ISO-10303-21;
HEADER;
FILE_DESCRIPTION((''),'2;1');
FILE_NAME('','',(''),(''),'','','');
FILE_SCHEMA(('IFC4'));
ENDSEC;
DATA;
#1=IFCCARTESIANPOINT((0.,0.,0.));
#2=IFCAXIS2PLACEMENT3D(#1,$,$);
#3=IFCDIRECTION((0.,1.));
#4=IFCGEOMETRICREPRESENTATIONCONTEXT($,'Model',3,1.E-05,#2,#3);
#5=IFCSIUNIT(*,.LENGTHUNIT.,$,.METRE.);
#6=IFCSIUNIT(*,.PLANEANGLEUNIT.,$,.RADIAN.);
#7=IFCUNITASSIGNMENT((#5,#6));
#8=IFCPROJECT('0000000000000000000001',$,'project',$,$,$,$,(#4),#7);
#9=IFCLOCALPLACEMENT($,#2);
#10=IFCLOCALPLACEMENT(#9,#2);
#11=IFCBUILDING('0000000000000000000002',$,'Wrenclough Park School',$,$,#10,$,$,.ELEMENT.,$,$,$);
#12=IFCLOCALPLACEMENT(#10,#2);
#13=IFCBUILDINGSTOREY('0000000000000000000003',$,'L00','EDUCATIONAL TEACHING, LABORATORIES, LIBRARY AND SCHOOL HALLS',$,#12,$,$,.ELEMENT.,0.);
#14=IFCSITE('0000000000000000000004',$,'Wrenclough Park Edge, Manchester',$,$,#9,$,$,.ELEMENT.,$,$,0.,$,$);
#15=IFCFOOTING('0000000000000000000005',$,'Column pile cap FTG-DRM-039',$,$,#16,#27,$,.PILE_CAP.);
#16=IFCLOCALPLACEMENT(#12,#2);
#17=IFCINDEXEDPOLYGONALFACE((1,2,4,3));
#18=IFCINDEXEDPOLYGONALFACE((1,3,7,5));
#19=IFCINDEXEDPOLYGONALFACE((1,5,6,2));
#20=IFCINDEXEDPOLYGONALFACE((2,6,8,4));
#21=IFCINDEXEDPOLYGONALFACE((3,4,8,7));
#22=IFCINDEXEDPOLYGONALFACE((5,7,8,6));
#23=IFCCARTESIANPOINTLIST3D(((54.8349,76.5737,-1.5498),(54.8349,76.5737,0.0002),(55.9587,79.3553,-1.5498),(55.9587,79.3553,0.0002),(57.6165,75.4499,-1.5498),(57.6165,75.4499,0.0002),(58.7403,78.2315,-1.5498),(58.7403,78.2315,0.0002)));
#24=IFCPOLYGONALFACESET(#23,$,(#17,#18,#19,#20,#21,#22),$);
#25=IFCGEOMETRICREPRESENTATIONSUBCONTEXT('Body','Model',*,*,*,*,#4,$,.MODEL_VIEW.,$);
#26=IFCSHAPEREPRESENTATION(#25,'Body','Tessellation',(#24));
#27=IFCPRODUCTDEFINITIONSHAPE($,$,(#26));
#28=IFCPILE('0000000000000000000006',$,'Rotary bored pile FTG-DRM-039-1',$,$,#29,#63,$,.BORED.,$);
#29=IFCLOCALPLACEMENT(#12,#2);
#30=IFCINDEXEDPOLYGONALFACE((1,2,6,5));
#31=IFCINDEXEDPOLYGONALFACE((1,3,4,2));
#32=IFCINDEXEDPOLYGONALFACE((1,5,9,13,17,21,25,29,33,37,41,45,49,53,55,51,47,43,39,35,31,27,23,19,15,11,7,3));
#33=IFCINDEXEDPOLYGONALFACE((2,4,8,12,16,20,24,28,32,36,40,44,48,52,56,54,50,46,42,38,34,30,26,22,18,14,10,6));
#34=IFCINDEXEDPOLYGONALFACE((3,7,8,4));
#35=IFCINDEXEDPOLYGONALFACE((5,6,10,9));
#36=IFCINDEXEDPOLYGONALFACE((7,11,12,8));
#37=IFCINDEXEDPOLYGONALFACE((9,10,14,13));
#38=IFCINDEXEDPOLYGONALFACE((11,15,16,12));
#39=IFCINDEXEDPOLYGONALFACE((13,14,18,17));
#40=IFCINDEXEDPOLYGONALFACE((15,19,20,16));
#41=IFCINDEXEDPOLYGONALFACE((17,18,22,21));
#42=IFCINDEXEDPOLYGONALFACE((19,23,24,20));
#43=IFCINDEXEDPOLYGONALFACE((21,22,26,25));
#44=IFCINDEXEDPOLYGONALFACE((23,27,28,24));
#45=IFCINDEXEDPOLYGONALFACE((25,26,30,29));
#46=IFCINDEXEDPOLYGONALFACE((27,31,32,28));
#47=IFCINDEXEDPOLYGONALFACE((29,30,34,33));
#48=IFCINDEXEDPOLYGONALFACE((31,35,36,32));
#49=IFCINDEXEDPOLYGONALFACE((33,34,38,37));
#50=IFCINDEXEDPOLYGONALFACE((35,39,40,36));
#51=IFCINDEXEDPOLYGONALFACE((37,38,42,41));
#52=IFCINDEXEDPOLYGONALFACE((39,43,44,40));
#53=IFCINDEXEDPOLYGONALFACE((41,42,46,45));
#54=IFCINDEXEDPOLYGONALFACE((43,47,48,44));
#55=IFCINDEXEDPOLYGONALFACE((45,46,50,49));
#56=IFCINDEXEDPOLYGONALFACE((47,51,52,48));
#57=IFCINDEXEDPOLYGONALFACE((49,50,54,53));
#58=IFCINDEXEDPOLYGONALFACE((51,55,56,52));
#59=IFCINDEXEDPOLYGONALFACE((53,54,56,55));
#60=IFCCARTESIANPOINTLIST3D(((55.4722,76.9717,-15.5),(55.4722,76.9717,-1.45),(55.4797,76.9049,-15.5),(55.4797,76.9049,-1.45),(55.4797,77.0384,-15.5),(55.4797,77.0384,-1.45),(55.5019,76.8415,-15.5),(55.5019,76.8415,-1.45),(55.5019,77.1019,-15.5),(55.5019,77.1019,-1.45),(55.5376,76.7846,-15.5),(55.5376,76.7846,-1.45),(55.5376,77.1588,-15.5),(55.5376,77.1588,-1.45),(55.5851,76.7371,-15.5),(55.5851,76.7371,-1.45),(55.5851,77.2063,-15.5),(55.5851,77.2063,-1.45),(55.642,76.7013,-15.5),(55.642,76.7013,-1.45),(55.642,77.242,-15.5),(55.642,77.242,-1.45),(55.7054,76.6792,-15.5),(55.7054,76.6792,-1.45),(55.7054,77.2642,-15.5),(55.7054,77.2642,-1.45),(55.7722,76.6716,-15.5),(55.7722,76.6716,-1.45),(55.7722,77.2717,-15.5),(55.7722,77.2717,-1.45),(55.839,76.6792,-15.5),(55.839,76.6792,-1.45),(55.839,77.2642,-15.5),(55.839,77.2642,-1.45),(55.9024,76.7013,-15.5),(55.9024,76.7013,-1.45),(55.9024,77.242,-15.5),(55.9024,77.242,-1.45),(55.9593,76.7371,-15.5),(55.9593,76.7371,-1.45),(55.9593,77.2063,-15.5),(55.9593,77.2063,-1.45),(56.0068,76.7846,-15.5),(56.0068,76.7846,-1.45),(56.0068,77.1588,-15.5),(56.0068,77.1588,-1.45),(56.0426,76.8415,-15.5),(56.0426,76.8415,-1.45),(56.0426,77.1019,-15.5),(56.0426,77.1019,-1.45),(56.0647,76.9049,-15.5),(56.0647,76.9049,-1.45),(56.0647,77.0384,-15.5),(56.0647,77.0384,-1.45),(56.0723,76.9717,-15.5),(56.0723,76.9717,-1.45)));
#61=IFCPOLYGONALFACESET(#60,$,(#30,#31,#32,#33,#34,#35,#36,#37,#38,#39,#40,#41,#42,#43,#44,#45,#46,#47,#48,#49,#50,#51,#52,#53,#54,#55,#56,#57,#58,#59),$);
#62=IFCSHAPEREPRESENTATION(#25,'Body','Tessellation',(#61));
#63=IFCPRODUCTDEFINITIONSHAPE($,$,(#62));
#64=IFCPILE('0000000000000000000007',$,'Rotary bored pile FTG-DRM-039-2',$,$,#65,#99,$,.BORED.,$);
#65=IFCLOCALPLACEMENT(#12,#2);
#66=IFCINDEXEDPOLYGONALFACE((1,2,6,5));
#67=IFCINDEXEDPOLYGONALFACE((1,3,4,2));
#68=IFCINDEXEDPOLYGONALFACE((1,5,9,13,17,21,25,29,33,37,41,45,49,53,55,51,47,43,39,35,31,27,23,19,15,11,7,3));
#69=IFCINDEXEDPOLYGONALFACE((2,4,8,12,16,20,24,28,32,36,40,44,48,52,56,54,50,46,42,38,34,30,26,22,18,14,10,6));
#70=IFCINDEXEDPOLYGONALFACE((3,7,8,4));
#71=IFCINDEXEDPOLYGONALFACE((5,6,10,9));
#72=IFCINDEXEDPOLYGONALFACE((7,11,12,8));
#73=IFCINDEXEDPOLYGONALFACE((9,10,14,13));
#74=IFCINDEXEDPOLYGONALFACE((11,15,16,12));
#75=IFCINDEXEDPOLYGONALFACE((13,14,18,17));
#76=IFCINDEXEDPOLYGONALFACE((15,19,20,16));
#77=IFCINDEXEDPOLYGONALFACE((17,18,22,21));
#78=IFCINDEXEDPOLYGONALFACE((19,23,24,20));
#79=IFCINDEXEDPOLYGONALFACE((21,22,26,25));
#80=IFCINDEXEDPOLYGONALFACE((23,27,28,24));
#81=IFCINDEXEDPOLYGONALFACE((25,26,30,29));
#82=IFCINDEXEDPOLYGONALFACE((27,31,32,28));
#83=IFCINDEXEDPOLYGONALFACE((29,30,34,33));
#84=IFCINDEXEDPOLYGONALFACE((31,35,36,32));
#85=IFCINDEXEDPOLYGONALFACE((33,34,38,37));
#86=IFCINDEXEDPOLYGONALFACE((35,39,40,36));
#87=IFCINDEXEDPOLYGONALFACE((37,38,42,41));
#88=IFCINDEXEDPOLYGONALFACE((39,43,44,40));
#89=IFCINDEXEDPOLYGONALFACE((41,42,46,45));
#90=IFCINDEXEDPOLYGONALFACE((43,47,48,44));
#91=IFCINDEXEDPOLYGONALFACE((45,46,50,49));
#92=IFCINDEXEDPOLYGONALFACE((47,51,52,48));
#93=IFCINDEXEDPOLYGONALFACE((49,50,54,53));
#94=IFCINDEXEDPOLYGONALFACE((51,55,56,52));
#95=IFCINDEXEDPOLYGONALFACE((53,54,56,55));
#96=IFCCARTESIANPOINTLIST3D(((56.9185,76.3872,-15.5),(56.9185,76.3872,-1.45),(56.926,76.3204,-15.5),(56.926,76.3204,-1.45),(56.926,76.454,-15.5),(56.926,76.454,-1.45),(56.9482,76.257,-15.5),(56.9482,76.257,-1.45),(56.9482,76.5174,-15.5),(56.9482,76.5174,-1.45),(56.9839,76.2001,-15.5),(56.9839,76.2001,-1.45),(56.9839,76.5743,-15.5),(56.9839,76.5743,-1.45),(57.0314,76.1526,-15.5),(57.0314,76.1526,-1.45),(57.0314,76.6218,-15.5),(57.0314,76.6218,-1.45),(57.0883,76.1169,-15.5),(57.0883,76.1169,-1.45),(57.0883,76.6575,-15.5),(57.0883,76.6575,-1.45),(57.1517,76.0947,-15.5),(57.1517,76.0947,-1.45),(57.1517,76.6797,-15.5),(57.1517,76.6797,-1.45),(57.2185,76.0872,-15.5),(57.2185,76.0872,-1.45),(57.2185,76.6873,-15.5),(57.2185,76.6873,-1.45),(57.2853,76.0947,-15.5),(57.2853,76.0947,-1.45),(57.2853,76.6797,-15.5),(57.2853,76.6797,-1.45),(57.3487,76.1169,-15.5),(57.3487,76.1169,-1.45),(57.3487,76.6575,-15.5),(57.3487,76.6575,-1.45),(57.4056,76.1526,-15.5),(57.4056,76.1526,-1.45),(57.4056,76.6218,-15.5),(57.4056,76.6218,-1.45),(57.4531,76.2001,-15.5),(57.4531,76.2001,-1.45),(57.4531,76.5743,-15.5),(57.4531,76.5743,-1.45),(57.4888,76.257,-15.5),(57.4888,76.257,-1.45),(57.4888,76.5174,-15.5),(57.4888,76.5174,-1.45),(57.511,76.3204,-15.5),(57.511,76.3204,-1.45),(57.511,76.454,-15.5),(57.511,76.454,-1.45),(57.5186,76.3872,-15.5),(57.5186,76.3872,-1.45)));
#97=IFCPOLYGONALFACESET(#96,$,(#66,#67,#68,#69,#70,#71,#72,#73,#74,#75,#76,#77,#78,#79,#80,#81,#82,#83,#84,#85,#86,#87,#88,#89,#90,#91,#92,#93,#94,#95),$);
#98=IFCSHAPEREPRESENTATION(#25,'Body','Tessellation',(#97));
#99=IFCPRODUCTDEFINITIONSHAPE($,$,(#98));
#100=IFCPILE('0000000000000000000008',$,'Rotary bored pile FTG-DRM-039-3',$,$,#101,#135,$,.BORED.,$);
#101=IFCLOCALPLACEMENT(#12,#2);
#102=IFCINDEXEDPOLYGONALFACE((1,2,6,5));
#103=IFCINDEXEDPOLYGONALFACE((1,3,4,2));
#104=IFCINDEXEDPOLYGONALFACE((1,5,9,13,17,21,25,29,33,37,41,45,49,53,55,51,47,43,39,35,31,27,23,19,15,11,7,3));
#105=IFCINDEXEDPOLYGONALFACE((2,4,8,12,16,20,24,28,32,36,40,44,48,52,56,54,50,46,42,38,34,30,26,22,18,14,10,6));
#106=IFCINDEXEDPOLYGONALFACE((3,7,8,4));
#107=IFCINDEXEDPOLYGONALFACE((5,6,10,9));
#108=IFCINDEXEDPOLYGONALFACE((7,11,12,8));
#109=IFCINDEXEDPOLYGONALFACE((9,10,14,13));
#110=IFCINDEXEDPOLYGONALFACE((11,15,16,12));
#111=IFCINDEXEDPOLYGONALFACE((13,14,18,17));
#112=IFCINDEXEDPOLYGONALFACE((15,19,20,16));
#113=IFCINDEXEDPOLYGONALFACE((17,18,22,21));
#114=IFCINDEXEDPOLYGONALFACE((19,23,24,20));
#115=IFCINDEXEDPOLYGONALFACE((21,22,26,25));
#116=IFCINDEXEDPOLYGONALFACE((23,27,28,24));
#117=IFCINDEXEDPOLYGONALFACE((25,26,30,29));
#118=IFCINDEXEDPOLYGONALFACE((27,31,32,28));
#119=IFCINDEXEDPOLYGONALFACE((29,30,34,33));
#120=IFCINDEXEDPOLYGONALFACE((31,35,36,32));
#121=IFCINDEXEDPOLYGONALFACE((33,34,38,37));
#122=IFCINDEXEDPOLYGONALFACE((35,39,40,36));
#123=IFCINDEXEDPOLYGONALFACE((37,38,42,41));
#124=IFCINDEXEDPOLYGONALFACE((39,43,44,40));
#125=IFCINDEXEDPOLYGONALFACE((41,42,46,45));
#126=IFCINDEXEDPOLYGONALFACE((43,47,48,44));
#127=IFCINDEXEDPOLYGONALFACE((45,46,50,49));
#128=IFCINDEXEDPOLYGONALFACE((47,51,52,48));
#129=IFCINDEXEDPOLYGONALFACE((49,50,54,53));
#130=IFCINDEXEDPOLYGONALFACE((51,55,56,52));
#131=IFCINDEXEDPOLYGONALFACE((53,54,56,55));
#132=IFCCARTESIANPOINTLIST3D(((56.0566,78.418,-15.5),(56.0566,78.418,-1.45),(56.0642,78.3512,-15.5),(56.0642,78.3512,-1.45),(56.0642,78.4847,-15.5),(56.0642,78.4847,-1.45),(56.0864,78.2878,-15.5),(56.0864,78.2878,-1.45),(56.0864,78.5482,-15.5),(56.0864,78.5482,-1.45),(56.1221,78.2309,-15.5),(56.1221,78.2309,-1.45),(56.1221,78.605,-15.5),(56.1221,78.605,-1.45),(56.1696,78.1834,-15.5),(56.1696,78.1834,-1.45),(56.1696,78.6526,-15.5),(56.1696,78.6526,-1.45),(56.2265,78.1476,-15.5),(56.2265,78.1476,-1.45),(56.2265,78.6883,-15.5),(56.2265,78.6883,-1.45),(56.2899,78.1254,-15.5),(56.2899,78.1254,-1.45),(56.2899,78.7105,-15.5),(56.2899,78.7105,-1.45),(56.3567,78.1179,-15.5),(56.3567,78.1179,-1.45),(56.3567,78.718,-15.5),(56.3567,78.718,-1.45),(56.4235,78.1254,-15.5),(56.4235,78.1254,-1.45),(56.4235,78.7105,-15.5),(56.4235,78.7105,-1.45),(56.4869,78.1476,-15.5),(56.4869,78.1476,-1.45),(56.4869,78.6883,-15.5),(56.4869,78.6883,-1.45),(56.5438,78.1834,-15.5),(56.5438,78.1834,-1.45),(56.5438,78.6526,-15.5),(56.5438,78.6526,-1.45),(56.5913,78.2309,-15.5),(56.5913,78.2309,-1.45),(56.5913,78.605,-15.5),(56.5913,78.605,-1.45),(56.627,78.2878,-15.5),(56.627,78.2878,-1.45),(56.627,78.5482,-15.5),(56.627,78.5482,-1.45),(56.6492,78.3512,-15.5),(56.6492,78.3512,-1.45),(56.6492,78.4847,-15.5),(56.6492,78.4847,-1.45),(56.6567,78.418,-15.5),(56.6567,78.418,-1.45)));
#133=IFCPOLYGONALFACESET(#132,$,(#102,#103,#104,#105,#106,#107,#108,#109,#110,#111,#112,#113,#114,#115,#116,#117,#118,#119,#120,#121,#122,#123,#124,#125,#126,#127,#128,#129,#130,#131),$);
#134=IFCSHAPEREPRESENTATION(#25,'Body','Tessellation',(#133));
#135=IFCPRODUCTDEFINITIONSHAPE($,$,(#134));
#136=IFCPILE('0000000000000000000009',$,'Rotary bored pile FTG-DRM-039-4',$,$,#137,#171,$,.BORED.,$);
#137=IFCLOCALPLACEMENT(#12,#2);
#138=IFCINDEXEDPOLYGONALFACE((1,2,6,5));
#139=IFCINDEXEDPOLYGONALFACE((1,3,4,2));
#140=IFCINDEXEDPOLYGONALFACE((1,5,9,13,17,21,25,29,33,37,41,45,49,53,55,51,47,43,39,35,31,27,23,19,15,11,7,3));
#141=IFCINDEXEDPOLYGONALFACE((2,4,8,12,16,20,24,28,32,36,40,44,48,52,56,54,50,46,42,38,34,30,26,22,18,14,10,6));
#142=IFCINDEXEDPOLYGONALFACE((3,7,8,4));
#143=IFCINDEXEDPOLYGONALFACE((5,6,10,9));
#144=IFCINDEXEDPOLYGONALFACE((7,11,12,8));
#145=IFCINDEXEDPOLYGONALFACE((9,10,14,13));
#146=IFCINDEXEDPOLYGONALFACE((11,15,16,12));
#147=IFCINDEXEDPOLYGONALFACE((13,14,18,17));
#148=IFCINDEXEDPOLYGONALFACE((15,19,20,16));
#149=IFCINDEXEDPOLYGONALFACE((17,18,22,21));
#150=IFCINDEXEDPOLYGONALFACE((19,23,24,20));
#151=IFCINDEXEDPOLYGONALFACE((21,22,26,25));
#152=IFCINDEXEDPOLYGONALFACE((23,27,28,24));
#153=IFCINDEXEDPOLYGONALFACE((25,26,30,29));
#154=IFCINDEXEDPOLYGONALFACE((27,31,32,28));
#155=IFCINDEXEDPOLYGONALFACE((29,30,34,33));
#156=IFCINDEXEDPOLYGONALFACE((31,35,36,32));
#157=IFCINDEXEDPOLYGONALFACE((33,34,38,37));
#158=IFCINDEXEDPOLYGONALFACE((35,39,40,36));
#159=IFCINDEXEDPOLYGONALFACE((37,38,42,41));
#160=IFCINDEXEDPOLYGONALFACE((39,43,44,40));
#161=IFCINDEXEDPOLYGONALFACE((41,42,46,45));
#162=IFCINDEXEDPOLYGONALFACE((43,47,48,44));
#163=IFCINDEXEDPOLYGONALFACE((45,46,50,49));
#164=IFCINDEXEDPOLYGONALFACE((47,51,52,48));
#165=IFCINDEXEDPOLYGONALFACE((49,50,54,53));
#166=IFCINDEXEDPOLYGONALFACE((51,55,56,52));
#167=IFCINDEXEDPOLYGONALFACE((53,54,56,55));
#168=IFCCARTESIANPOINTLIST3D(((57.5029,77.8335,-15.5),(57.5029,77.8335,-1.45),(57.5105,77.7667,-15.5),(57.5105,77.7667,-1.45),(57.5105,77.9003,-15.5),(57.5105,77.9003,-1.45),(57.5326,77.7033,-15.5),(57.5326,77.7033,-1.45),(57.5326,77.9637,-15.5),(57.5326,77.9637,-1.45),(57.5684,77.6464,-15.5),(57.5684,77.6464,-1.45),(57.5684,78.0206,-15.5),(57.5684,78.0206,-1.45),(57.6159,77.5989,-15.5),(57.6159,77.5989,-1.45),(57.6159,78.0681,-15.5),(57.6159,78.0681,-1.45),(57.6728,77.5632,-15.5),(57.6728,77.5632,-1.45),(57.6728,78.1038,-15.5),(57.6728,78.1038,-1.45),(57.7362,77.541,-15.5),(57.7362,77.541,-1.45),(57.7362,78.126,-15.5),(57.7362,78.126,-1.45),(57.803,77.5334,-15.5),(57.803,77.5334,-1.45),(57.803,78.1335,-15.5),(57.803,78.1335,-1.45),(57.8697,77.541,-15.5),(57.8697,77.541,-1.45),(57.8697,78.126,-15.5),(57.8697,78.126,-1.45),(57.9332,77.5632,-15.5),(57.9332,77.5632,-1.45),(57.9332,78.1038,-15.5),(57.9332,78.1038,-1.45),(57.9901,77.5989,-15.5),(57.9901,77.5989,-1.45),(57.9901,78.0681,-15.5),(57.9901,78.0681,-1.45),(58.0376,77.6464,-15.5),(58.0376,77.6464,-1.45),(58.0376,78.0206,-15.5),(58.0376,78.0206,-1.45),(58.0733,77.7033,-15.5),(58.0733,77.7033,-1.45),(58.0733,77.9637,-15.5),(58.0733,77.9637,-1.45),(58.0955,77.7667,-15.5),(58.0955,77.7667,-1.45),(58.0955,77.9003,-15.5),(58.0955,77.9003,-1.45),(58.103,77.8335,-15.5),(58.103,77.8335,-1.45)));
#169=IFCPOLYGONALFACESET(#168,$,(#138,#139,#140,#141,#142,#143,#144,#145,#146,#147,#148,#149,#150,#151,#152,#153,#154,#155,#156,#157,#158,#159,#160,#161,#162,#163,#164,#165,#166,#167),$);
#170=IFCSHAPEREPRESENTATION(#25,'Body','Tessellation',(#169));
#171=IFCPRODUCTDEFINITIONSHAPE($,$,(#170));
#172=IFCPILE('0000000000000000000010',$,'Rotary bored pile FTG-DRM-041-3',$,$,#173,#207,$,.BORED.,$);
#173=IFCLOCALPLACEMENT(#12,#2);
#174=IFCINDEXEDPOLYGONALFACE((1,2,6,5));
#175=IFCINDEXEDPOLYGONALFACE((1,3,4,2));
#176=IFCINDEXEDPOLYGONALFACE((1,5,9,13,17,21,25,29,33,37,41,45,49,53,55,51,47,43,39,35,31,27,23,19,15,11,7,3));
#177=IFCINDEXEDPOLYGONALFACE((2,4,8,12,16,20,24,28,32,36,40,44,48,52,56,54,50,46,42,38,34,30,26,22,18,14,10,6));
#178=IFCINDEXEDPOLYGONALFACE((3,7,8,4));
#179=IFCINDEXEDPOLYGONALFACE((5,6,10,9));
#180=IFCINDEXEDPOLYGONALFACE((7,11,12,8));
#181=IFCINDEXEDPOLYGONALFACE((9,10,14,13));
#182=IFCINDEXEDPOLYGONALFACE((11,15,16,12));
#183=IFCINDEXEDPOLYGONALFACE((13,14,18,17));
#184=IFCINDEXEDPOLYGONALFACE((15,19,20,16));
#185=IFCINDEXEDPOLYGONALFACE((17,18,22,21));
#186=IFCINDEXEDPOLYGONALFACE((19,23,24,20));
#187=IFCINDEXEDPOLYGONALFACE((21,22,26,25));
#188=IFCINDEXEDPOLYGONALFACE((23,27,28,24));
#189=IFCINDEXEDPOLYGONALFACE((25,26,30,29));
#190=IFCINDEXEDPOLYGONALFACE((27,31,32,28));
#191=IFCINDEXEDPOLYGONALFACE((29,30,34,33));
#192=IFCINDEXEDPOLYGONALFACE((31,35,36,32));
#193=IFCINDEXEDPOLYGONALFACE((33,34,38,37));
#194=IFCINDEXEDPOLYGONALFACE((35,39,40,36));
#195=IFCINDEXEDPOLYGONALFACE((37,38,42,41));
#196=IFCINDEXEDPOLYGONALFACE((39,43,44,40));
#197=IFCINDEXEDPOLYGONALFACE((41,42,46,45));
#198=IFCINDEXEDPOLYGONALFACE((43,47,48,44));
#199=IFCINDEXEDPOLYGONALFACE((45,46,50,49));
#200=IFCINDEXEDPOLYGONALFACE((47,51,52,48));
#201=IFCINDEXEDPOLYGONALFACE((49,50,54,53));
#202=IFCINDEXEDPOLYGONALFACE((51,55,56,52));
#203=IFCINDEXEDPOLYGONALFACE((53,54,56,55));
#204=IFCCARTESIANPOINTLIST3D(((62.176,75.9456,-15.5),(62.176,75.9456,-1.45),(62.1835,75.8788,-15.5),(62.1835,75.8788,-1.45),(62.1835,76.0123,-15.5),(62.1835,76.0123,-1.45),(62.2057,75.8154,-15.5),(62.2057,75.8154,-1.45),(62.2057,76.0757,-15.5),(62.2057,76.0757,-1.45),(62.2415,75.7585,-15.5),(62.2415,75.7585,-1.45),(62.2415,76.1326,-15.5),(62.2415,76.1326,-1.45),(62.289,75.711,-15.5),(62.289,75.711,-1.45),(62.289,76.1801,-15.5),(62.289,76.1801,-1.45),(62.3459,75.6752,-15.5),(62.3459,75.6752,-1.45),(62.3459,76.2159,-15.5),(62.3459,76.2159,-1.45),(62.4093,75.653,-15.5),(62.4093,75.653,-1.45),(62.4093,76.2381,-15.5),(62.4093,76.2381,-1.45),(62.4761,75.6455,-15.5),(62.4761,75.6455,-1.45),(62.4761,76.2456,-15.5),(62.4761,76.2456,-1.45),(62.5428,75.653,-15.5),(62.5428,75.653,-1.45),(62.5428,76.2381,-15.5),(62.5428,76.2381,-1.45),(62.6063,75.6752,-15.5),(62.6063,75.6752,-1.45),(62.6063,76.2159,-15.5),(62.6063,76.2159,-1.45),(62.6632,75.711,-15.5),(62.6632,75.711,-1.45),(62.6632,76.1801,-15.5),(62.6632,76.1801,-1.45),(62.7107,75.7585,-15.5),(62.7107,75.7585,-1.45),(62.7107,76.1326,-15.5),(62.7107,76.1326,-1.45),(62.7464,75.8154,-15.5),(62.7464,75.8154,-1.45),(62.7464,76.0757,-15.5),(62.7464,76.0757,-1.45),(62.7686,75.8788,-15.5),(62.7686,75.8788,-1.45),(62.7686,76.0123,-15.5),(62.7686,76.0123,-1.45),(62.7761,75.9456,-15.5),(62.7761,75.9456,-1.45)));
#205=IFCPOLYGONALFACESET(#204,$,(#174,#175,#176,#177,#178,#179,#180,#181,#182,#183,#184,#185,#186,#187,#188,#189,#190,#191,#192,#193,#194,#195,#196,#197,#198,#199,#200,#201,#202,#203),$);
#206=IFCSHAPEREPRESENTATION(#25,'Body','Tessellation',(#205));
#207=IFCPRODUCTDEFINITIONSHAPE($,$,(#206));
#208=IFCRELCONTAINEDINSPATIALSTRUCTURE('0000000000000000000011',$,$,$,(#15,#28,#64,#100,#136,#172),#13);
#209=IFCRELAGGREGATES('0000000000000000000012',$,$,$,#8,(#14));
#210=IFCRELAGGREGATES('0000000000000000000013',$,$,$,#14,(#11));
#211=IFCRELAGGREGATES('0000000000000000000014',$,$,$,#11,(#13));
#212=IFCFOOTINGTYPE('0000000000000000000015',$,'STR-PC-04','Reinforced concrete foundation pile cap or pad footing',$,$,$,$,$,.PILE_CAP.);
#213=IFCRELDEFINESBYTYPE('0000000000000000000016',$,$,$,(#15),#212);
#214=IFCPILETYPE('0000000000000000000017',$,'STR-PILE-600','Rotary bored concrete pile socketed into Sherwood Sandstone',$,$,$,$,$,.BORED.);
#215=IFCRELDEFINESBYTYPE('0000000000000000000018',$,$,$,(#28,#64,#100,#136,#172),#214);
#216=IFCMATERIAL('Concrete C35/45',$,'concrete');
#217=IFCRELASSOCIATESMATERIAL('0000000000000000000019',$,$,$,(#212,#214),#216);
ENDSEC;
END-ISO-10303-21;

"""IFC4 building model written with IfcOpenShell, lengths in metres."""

from ifc_helpers import new_model, si_unit, direction, frame, origin, origin_2d, place, context, subcontext, project, spatial, rectangle, circle, extrude, material, material_profile, profile_set, type_object, element, save


model = new_model("IFC4")

# Units and contexts
model_context = context("Model", 3, precision=1e-05, world=origin(), true_north=direction((0.0, 1.0)))
body_context = subcontext(model_context, "Body", "Model", "MODEL_VIEW")
ifc_project = project(units=[si_unit("LENGTHUNIT", "METRE"), si_unit("PLANEANGLEUNIT", "RADIAN")], contexts=[model_context])

# Site, building, storey
site_placement = place(None, origin())
site = spatial("IfcSite", under=ifc_project, at=site_placement, Name="Wrenclough Park Edge, Manchester", CompositionType="ELEMENT", RefElevation=0.0)
building_placement = place(site_placement, origin())
building = spatial("IfcBuilding", under=site, at=building_placement, Name="Wrenclough Park School", CompositionType="ELEMENT")
storey_placement = place(building_placement, origin())
storey = spatial("IfcBuildingStorey", under=building, at=storey_placement, Name="L00", Description="EDUCATIONAL TEACHING, LABORATORIES, LIBRARY AND SCHOOL HALLS", CompositionType="ELEMENT", Elevation=0.0)

# Footing
ifc_material_1 = material(Name="Concrete C35/45", Category="concrete")
footing_type = type_object("IfcFootingType", Name="STR-PC-04", Description="Reinforced concrete foundation pile cap or pad footing", PredefinedType="PILE_CAP", material=ifc_material_1)
footing_placement = place(storey_placement, frame((56.7876, 77.4026, -1.5498), z_axis=(0.0, 0.0, 1.0), x_axis=(0.927184, -0.374607, 0.0)))
element("IfcFooting", 1, at=footing_placement, inside=storey, type_object=footing_type, Name="Column pile cap FTG-DRM-039", PredefinedType="PILE_CAP", context=body_context, shape_type="SweptSolid", body=[
    extrude(rectangle(XDim=3.0, YDim=3.0, at=origin_2d()), origin(), (0.0, 0.0, 1.0), 1.55),
])

# Piles
ifc_material_profile_1 = material_profile(ifc_material_1, circle(Radius=0.3, at=origin_2d()), Name="BORED PILE D600")
ifc_profile_set_1 = profile_set([ifc_material_profile_1], Name="Concrete C35/45")
pile_type_1 = type_object("IfcPileType", Name="STR-PILE-600", Description="Rotary bored concrete pile socketed into Sherwood Sandstone", PredefinedType="BORED", material=ifc_profile_set_1)
for number, where, z_axis, x_axis, name in (
    (2, (55.7722, 76.9717, -1.45), (0.0, 0.0, -1.0), (1.0, 0.0, 0.0), "Rotary bored pile FTG-DRM-039-1"),
    (3, (57.2185, 76.3872, -1.45), (0.0, 0.0, -1.0), (1.0, 0.0, 0.0), "Rotary bored pile FTG-DRM-039-2"),
    (4, (56.3567, 78.418, -1.45), (0.0, 0.0, -1.0), (1.0, 0.0, 0.0), "Rotary bored pile FTG-DRM-039-3"),
    (5, (57.803, 77.8335, -1.45), (0.0, 0.0, -1.0), (1.0, 0.0, 0.0), "Rotary bored pile FTG-DRM-039-4"),
    (6, (62.4761, 75.9456, -1.45), (0.0, 0.0, -1.0), (1.0, 0.0, 0.0), "Rotary bored pile FTG-DRM-041-3"),
):
    element("IfcPile", number, at=place(storey_placement, frame(where, z_axis=z_axis, x_axis=x_axis)), inside=storey, type_object=pile_type_1, Name=name, PredefinedType="BORED", context=body_context, shape_type="SweptSolid", body=[
        extrude(circle(Radius=0.3, at=origin_2d()), origin(), (0.0, 0.0, 1.0), 14.05),
    ])

save(model, "model.ifc")
